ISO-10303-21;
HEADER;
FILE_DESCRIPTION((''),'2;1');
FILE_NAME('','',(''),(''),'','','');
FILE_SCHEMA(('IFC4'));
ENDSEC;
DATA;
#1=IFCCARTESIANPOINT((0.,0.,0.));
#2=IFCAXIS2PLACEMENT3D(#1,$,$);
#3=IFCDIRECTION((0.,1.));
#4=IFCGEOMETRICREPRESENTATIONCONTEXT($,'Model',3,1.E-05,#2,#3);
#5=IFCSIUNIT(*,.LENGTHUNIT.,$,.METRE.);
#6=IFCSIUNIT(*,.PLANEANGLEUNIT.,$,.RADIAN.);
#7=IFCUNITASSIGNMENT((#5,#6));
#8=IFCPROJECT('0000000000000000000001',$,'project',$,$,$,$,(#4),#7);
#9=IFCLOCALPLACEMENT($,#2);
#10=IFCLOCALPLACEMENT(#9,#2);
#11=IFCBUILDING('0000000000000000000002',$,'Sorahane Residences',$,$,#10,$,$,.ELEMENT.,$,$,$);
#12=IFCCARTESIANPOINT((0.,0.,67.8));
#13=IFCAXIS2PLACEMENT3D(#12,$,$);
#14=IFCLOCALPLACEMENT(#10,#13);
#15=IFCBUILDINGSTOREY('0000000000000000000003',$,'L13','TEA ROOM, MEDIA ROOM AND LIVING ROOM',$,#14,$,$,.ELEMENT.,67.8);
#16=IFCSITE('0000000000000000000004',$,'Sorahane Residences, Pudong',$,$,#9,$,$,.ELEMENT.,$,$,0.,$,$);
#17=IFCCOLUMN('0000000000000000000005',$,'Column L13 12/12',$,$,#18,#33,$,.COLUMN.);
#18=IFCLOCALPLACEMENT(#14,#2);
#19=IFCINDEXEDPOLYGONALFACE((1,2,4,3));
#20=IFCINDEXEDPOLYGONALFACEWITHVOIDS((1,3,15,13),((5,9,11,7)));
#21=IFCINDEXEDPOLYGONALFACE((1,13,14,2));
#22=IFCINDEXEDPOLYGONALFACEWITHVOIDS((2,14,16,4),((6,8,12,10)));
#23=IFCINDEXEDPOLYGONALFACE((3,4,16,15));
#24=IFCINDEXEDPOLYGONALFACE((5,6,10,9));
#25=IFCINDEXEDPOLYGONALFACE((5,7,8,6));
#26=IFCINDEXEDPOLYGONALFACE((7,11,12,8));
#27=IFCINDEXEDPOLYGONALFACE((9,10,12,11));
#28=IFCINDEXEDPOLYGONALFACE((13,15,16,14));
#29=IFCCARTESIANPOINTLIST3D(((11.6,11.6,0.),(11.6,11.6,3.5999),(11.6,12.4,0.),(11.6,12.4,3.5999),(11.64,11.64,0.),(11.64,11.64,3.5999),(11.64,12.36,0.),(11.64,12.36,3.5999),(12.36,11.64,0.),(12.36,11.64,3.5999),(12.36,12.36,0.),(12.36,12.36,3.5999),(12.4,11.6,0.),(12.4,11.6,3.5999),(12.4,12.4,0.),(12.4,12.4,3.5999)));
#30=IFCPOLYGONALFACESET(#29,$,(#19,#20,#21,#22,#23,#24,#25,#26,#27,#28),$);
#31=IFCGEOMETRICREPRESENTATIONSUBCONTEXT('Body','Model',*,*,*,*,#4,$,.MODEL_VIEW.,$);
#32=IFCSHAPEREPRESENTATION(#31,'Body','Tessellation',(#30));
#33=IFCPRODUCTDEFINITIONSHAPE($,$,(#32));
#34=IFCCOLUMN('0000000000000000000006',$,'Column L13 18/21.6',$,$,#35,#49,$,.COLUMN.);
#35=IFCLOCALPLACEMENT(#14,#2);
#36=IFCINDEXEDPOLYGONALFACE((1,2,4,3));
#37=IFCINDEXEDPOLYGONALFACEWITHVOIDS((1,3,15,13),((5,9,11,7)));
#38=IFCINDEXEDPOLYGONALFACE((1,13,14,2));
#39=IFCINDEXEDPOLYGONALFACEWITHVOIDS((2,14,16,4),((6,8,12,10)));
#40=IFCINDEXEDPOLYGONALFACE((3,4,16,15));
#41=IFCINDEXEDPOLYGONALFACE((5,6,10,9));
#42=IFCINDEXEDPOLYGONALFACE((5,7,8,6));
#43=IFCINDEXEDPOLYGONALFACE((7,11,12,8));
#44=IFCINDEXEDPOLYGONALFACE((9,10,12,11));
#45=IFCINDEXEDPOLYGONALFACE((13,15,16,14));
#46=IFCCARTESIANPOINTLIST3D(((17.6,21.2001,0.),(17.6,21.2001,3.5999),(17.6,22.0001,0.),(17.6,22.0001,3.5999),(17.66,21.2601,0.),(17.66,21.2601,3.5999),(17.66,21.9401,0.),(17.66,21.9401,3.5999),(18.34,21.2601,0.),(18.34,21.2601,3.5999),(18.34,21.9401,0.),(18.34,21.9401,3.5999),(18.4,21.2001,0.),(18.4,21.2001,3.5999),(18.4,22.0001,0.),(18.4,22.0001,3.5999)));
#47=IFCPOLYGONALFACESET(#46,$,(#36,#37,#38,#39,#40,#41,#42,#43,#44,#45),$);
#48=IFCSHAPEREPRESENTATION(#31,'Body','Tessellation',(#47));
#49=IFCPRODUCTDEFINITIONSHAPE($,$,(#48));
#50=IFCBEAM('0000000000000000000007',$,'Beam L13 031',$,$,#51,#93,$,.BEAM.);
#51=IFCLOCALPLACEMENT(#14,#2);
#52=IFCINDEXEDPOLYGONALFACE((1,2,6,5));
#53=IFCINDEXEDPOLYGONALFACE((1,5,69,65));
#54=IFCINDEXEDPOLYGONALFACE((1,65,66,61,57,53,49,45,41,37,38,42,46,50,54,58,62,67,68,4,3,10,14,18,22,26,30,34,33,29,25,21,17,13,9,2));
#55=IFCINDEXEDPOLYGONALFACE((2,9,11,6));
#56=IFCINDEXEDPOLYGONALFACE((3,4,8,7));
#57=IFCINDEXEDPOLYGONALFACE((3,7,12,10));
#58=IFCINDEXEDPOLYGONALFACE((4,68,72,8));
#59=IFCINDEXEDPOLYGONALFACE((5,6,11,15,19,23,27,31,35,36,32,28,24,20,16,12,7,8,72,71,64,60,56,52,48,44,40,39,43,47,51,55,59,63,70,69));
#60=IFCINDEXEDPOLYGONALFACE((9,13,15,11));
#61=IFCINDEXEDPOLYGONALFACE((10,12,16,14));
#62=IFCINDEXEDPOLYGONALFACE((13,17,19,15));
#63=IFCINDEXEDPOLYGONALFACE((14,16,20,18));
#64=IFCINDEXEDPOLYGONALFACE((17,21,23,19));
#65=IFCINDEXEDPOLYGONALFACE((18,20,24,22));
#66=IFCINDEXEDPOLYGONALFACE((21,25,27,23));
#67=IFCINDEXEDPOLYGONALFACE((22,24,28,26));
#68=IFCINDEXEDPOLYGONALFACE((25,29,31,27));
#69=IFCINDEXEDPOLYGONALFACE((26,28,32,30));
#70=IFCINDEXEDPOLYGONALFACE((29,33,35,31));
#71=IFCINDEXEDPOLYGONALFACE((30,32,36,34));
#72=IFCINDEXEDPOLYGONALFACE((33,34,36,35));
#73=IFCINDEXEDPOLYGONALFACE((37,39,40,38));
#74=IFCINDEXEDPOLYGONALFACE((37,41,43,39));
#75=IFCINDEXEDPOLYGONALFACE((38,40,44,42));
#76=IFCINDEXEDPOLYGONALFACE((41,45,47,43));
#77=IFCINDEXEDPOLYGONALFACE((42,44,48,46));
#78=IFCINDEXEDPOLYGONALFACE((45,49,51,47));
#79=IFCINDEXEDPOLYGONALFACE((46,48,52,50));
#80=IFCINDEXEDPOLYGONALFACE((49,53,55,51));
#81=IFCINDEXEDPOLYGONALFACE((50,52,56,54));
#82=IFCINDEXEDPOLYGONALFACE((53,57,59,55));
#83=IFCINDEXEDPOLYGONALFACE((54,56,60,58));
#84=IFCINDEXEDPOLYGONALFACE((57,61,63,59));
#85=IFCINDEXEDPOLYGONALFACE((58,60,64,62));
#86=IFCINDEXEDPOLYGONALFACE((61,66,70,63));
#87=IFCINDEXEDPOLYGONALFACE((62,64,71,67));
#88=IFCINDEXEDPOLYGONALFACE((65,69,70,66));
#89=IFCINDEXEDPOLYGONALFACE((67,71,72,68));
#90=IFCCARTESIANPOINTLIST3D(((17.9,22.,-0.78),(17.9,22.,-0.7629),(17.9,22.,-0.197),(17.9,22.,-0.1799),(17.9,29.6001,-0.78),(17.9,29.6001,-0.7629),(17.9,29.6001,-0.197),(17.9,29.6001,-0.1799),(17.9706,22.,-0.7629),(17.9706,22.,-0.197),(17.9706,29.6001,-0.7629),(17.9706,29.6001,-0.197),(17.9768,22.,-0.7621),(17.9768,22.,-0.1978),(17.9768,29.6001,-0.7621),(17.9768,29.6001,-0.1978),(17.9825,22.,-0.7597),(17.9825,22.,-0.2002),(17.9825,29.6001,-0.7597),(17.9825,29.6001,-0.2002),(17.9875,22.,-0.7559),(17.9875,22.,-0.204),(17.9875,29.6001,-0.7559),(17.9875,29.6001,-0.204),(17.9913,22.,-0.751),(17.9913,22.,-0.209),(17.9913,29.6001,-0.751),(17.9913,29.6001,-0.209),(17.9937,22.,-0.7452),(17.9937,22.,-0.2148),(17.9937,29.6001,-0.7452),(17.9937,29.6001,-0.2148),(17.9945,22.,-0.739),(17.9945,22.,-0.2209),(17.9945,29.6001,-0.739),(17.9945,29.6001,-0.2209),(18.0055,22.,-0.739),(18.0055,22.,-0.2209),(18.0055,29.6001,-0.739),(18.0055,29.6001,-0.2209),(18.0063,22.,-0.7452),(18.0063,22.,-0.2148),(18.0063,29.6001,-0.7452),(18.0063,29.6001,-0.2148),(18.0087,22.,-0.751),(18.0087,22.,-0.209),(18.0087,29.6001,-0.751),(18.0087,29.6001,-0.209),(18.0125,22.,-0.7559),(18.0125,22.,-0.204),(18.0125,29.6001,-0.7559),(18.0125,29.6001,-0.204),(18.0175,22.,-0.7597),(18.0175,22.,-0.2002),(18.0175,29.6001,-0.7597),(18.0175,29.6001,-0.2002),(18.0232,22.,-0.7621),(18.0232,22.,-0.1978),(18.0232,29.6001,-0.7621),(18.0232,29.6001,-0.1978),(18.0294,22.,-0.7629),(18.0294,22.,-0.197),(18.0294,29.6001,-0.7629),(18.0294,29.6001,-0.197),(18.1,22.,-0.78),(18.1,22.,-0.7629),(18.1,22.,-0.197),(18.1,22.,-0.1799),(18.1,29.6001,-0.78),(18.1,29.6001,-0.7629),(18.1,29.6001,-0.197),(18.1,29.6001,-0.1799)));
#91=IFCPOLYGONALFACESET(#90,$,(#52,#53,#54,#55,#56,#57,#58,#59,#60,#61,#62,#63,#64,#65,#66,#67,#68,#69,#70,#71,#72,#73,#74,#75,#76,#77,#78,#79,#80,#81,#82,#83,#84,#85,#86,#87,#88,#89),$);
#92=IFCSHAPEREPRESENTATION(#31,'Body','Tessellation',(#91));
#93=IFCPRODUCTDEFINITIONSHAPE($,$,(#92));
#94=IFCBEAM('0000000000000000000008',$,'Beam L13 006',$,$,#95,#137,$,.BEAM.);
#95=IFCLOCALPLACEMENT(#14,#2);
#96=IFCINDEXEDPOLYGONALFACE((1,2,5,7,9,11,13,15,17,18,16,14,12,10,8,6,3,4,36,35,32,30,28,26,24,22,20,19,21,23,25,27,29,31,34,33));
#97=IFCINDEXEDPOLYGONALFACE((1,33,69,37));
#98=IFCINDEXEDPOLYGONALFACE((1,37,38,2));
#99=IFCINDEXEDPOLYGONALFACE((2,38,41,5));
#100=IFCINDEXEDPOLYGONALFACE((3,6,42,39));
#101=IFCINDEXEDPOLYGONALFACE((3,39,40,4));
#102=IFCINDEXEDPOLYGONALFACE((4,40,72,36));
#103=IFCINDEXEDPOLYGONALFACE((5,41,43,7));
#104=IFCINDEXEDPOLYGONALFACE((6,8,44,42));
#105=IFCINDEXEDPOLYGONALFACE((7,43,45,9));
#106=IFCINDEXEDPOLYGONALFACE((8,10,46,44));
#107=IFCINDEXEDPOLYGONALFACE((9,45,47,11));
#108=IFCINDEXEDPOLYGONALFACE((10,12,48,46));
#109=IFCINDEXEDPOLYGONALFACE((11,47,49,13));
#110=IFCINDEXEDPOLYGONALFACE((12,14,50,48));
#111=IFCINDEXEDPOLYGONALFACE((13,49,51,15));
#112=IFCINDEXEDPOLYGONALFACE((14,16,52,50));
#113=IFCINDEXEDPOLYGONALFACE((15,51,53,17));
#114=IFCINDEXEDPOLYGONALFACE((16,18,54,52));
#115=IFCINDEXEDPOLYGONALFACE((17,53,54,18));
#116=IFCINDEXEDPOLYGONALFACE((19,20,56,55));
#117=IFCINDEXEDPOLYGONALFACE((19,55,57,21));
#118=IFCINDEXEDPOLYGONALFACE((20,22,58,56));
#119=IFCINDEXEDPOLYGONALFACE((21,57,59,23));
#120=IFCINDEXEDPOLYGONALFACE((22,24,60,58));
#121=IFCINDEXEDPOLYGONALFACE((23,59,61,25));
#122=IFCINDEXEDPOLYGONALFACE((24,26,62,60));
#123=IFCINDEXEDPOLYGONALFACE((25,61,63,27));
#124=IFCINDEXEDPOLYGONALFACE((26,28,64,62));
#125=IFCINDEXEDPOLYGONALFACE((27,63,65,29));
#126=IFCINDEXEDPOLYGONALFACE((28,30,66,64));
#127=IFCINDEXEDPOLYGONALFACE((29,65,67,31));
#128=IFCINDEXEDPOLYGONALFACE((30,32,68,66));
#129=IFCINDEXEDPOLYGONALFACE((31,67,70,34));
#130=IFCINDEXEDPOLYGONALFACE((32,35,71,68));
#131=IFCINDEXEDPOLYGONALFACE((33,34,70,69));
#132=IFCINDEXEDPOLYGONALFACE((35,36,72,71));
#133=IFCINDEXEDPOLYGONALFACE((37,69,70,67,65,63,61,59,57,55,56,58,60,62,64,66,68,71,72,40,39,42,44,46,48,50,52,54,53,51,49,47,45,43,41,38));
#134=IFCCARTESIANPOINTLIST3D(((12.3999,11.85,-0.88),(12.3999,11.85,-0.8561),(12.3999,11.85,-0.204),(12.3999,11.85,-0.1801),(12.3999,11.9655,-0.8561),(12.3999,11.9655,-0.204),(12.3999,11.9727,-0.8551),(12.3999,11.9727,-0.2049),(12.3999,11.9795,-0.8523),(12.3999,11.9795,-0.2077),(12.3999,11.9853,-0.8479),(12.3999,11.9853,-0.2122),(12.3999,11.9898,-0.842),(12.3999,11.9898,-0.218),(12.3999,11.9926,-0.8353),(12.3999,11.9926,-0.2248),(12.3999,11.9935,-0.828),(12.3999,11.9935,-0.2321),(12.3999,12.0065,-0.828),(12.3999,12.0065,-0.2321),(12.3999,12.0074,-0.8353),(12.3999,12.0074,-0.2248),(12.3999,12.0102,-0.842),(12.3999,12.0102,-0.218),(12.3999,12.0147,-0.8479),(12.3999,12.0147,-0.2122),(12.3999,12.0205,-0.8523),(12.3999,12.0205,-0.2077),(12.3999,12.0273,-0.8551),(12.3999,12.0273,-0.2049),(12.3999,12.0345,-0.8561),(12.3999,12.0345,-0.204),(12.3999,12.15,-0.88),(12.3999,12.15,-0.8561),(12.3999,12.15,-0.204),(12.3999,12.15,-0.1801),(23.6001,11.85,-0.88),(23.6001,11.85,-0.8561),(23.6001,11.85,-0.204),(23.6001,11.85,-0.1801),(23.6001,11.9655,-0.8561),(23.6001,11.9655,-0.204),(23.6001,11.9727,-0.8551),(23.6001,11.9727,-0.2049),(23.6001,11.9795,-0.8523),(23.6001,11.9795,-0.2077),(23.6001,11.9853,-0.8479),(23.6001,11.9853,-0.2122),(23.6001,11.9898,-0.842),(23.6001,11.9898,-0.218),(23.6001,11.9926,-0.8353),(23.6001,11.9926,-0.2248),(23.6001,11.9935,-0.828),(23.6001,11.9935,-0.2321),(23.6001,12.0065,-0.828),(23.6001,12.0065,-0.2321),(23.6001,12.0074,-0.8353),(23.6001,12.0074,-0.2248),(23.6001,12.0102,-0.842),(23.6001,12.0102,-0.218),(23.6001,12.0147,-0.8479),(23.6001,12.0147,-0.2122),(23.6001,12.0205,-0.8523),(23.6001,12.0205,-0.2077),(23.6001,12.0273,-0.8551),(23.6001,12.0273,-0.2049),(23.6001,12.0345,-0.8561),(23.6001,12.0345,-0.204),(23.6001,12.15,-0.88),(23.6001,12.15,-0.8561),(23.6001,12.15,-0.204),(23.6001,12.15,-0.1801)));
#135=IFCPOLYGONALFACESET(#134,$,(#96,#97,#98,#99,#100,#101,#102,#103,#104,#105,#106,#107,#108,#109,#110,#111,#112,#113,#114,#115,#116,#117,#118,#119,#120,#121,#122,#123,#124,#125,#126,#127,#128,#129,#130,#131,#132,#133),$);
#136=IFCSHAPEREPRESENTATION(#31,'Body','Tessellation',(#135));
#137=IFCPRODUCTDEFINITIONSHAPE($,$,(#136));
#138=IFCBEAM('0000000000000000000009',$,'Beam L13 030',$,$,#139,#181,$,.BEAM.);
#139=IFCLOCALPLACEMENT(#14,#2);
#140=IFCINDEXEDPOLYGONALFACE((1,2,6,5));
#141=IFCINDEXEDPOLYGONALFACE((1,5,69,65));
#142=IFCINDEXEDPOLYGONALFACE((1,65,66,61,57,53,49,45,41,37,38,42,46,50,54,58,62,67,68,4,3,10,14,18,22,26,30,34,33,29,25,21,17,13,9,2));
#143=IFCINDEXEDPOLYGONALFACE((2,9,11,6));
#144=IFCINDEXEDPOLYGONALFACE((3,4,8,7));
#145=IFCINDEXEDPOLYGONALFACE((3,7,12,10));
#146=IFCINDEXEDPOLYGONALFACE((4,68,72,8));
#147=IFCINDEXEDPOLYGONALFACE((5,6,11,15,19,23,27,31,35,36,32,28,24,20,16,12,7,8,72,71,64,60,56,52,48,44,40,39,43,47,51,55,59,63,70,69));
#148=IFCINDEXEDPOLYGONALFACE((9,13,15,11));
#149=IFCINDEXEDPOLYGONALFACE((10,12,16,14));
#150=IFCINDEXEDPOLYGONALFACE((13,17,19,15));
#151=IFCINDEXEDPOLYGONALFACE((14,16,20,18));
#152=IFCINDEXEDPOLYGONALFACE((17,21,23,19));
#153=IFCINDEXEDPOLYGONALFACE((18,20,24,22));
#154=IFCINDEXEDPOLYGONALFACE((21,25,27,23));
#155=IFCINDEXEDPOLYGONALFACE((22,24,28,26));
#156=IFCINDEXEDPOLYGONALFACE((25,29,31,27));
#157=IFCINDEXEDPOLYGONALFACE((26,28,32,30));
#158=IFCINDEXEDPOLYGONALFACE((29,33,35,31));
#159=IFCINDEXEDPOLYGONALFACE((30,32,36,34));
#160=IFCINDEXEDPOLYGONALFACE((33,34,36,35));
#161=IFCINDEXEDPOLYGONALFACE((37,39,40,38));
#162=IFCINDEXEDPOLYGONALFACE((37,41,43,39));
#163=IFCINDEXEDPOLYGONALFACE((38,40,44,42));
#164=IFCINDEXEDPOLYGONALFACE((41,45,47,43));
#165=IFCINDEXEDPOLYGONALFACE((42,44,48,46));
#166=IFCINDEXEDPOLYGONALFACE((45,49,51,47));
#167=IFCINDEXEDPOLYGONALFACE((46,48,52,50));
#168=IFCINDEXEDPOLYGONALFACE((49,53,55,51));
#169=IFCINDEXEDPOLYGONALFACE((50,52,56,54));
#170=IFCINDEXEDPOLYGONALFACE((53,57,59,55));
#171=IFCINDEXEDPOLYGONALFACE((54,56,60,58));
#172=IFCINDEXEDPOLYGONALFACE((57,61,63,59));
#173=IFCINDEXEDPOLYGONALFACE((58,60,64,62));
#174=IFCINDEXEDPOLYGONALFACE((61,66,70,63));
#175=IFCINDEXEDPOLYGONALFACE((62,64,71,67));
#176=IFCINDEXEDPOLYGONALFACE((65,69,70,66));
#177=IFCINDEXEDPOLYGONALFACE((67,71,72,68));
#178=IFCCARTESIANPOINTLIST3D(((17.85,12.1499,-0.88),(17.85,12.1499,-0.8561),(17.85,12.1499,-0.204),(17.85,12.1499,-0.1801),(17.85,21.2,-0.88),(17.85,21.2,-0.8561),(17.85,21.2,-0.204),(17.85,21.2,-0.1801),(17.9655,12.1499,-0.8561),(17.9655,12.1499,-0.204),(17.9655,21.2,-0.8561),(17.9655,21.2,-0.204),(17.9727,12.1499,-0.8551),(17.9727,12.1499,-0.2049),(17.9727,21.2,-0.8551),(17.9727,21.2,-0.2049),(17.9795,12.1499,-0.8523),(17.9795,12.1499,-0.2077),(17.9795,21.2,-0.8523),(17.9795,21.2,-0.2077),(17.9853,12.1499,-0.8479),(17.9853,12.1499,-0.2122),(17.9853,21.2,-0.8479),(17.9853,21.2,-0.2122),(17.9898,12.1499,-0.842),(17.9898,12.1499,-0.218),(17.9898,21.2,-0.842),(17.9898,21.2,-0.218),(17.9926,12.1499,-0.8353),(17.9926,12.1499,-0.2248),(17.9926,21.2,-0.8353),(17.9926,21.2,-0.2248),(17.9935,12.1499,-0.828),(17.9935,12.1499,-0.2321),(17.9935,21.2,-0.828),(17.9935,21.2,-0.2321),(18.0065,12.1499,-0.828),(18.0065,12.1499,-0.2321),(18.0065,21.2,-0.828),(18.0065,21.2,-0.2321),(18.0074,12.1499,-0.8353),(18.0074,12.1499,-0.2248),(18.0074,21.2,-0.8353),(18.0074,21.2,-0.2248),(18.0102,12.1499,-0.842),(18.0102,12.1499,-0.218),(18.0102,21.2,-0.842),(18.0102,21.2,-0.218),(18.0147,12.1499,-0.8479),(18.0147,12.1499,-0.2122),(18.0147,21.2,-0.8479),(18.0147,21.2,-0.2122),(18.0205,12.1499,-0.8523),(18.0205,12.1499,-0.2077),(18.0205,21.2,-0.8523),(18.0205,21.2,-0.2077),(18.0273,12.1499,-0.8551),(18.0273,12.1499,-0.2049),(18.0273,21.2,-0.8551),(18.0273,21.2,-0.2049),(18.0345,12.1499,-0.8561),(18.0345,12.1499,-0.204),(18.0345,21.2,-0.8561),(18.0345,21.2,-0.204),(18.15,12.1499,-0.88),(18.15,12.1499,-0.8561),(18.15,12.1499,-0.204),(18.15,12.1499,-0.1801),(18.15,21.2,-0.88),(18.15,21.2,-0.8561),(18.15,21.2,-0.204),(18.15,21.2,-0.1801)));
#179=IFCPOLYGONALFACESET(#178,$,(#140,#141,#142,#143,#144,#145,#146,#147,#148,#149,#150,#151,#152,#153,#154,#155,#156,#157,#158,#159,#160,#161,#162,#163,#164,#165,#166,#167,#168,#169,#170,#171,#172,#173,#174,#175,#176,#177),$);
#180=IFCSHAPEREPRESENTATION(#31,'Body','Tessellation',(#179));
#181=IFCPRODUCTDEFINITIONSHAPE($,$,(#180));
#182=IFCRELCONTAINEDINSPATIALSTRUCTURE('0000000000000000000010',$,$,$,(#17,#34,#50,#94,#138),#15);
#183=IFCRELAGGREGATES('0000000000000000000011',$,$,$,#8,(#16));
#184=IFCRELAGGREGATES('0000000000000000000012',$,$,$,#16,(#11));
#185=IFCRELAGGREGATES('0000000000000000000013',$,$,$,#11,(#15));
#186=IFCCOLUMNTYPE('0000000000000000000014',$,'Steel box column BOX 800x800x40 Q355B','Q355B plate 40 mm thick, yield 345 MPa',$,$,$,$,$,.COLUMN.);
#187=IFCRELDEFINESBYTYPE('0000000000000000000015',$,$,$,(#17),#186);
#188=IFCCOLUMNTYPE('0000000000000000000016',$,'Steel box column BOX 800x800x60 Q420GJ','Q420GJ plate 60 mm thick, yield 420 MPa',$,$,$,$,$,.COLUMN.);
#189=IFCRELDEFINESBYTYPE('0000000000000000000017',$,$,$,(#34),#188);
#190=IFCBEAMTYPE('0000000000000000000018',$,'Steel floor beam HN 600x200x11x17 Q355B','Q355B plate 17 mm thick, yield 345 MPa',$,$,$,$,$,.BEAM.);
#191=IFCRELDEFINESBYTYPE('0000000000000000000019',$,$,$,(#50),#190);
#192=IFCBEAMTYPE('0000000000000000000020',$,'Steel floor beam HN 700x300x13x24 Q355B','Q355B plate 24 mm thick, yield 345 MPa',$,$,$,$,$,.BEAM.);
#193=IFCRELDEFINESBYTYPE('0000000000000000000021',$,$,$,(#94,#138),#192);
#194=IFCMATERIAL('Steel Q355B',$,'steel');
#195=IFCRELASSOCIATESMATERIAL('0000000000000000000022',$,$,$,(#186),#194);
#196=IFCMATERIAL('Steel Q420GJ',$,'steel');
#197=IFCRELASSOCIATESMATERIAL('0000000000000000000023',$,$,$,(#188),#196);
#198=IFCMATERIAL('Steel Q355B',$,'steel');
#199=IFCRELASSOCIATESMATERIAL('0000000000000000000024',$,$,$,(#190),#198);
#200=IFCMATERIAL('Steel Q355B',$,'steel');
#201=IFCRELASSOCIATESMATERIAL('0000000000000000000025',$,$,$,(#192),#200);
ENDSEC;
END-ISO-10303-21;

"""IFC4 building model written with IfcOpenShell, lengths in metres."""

from ifc_helpers import new_model, si_unit, direction, frame, origin, origin_2d, place, context, subcontext, project, spatial, hollow_rectangle, i_section, extrude, material, material_profile, profile_set, type_object, element, save


model = new_model("IFC4")

# Units and contexts
model_context = context("Model", 3, precision=1e-05, world=origin(), true_north=direction((0.0, 1.0)))
body_context = subcontext(model_context, "Body", "Model", "MODEL_VIEW")
ifc_project = project(units=[si_unit("LENGTHUNIT", "METRE"), si_unit("PLANEANGLEUNIT", "RADIAN")], contexts=[model_context])

# Site, building, storey
site_placement = place(None, origin())
site = spatial("IfcSite", under=ifc_project, at=site_placement, Name="Sorahane Residences, Pudong", CompositionType="ELEMENT", RefElevation=0.0)
building_placement = place(site_placement, origin())
building = spatial("IfcBuilding", under=site, at=building_placement, Name="Sorahane Residences", CompositionType="ELEMENT")
storey_placement = place(building_placement, frame((0.0, 0.0, 67.8)))
storey = spatial("IfcBuildingStorey", under=building, at=storey_placement, Name="L13", Description="TEA ROOM, MEDIA ROOM AND LIVING ROOM", CompositionType="ELEMENT", Elevation=67.8)

# Columns
ifc_material_1 = material(Name="Steel Q355B", Category="steel")
ifc_material_profile_1 = material_profile(ifc_material_1, hollow_rectangle(XDim=0.8, YDim=0.8, WallThickness=0.04, at=origin_2d()), Name="BOX 800x800x40")
ifc_profile_set_1 = profile_set([ifc_material_profile_1], Name="Steel Q355B")
column_type_1 = type_object("IfcColumnType", Name="Steel box column BOX 800x800x40 Q355B", Description="Q355B plate 40 mm thick, yield 345 MPa", PredefinedType="COLUMN", material=ifc_profile_set_1)
column_1_placement = place(storey_placement, frame((12.0, 12.0, 0.0), z_axis=(0.0, 0.0, 1.0), x_axis=(1.0, 0.0, 0.0)))
element("IfcColumn", 1, at=column_1_placement, inside=storey, type_object=column_type_1, Name="Column L13 12/12", PredefinedType="COLUMN", context=body_context, shape_type="SweptSolid", body=[
    extrude(hollow_rectangle(XDim=0.8, YDim=0.8, WallThickness=0.04, at=origin_2d()), origin(), (0.0, 0.0, 1.0), 3.5999),
])
ifc_material_2 = material(Name="Steel Q420GJ", Category="steel")
ifc_material_profile_2 = material_profile(ifc_material_2, hollow_rectangle(XDim=0.8, YDim=0.8, WallThickness=0.0601, at=origin_2d()), Name="BOX 800x800x60")
ifc_profile_set_2 = profile_set([ifc_material_profile_2], Name="Steel Q420GJ")
column_type_2 = type_object("IfcColumnType", Name="Steel box column BOX 800x800x60 Q420GJ", Description="Q420GJ plate 60 mm thick, yield 420 MPa", PredefinedType="COLUMN", material=ifc_profile_set_2)
column_2_placement = place(storey_placement, frame((18.0, 21.6001, 0.0), z_axis=(0.0, 0.0, 1.0), x_axis=(1.0, 0.0, 0.0)))
element("IfcColumn", 2, at=column_2_placement, inside=storey, type_object=column_type_2, Name="Column L13 18/21.6", PredefinedType="COLUMN", context=body_context, shape_type="SweptSolid", body=[
    extrude(hollow_rectangle(XDim=0.8, YDim=0.8, WallThickness=0.0601, at=origin_2d()), origin(), (0.0, 0.0, 1.0), 3.5999),
])

# Beams
ifc_material_3 = material(Name="Steel Q355B", Category="steel")
ifc_material_profile_3 = material_profile(ifc_material_3, i_section(OverallWidth=0.2, OverallDepth=0.6001, WebThickness=0.011, FlangeThickness=0.0171, FilletRadius=0.0239, at=origin_2d()), Name="HN 600x200x11x17")
ifc_profile_set_3 = profile_set([ifc_material_profile_3], Name="Steel Q355B")
beam_type_1 = type_object("IfcBeamType", Name="Steel floor beam HN 600x200x11x17 Q355B", Description="Q355B plate 17 mm thick, yield 345 MPa", PredefinedType="BEAM", material=ifc_profile_set_3)
beam_1_placement = place(storey_placement, frame((18.0, 22.0, -0.48), z_axis=(0.0, 1.0, 0.0), x_axis=(-1.0, 0.0, 0.0)))
element("IfcBeam", 3, at=beam_1_placement, inside=storey, type_object=beam_type_1, Name="Beam L13 031", PredefinedType="BEAM", context=body_context, shape_type="SweptSolid", body=[
    extrude(i_section(OverallWidth=0.2, OverallDepth=0.6001, WebThickness=0.011, FlangeThickness=0.0171, FilletRadius=0.0239, at=origin_2d()), origin(), (0.0, 0.0, 1.0), 7.6001),
])
ifc_material_4 = material(Name="Steel Q355B", Category="steel")
ifc_material_profile_4 = material_profile(ifc_material_4, i_section(OverallWidth=0.3, OverallDepth=0.7, WebThickness=0.0129, FlangeThickness=0.0239, FilletRadius=0.0281, at=origin_2d()), Name="HN 700x300x13x24")
ifc_profile_set_4 = profile_set([ifc_material_profile_4], Name="Steel Q355B")
beam_type_2 = type_object("IfcBeamType", Name="Steel floor beam HN 700x300x13x24 Q355B", Description="Q355B plate 24 mm thick, yield 345 MPa", PredefinedType="BEAM", material=ifc_profile_set_4)
beam_2_placement = place(storey_placement, frame((12.3999, 12.0, -0.53), z_axis=(1.0, 0.0, 0.0), x_axis=(0.0, 1.0, 0.0)))
element("IfcBeam", 4, at=beam_2_placement, inside=storey, type_object=beam_type_2, Name="Beam L13 006", PredefinedType="BEAM", context=body_context, shape_type="SweptSolid", body=[
    extrude(i_section(OverallWidth=0.3, OverallDepth=0.7, WebThickness=0.0129, FlangeThickness=0.0239, FilletRadius=0.0281, at=origin_2d()), origin(), (0.0, 0.0, 1.0), 11.2002),
])
beam_3_placement = place(storey_placement, frame((18.0, 12.1499, -0.53), z_axis=(0.0, 1.0, 0.0), x_axis=(-1.0, 0.0, 0.0)))
element("IfcBeam", 5, at=beam_3_placement, inside=storey, type_object=beam_type_2, Name="Beam L13 030", PredefinedType="BEAM", context=body_context, shape_type="SweptSolid", body=[
    extrude(i_section(OverallWidth=0.3, OverallDepth=0.7, WebThickness=0.0129, FlangeThickness=0.0239, FilletRadius=0.0281, at=origin_2d()), origin(), (0.0, 0.0, 1.0), 9.05),
])

save(model, "model.ifc")
